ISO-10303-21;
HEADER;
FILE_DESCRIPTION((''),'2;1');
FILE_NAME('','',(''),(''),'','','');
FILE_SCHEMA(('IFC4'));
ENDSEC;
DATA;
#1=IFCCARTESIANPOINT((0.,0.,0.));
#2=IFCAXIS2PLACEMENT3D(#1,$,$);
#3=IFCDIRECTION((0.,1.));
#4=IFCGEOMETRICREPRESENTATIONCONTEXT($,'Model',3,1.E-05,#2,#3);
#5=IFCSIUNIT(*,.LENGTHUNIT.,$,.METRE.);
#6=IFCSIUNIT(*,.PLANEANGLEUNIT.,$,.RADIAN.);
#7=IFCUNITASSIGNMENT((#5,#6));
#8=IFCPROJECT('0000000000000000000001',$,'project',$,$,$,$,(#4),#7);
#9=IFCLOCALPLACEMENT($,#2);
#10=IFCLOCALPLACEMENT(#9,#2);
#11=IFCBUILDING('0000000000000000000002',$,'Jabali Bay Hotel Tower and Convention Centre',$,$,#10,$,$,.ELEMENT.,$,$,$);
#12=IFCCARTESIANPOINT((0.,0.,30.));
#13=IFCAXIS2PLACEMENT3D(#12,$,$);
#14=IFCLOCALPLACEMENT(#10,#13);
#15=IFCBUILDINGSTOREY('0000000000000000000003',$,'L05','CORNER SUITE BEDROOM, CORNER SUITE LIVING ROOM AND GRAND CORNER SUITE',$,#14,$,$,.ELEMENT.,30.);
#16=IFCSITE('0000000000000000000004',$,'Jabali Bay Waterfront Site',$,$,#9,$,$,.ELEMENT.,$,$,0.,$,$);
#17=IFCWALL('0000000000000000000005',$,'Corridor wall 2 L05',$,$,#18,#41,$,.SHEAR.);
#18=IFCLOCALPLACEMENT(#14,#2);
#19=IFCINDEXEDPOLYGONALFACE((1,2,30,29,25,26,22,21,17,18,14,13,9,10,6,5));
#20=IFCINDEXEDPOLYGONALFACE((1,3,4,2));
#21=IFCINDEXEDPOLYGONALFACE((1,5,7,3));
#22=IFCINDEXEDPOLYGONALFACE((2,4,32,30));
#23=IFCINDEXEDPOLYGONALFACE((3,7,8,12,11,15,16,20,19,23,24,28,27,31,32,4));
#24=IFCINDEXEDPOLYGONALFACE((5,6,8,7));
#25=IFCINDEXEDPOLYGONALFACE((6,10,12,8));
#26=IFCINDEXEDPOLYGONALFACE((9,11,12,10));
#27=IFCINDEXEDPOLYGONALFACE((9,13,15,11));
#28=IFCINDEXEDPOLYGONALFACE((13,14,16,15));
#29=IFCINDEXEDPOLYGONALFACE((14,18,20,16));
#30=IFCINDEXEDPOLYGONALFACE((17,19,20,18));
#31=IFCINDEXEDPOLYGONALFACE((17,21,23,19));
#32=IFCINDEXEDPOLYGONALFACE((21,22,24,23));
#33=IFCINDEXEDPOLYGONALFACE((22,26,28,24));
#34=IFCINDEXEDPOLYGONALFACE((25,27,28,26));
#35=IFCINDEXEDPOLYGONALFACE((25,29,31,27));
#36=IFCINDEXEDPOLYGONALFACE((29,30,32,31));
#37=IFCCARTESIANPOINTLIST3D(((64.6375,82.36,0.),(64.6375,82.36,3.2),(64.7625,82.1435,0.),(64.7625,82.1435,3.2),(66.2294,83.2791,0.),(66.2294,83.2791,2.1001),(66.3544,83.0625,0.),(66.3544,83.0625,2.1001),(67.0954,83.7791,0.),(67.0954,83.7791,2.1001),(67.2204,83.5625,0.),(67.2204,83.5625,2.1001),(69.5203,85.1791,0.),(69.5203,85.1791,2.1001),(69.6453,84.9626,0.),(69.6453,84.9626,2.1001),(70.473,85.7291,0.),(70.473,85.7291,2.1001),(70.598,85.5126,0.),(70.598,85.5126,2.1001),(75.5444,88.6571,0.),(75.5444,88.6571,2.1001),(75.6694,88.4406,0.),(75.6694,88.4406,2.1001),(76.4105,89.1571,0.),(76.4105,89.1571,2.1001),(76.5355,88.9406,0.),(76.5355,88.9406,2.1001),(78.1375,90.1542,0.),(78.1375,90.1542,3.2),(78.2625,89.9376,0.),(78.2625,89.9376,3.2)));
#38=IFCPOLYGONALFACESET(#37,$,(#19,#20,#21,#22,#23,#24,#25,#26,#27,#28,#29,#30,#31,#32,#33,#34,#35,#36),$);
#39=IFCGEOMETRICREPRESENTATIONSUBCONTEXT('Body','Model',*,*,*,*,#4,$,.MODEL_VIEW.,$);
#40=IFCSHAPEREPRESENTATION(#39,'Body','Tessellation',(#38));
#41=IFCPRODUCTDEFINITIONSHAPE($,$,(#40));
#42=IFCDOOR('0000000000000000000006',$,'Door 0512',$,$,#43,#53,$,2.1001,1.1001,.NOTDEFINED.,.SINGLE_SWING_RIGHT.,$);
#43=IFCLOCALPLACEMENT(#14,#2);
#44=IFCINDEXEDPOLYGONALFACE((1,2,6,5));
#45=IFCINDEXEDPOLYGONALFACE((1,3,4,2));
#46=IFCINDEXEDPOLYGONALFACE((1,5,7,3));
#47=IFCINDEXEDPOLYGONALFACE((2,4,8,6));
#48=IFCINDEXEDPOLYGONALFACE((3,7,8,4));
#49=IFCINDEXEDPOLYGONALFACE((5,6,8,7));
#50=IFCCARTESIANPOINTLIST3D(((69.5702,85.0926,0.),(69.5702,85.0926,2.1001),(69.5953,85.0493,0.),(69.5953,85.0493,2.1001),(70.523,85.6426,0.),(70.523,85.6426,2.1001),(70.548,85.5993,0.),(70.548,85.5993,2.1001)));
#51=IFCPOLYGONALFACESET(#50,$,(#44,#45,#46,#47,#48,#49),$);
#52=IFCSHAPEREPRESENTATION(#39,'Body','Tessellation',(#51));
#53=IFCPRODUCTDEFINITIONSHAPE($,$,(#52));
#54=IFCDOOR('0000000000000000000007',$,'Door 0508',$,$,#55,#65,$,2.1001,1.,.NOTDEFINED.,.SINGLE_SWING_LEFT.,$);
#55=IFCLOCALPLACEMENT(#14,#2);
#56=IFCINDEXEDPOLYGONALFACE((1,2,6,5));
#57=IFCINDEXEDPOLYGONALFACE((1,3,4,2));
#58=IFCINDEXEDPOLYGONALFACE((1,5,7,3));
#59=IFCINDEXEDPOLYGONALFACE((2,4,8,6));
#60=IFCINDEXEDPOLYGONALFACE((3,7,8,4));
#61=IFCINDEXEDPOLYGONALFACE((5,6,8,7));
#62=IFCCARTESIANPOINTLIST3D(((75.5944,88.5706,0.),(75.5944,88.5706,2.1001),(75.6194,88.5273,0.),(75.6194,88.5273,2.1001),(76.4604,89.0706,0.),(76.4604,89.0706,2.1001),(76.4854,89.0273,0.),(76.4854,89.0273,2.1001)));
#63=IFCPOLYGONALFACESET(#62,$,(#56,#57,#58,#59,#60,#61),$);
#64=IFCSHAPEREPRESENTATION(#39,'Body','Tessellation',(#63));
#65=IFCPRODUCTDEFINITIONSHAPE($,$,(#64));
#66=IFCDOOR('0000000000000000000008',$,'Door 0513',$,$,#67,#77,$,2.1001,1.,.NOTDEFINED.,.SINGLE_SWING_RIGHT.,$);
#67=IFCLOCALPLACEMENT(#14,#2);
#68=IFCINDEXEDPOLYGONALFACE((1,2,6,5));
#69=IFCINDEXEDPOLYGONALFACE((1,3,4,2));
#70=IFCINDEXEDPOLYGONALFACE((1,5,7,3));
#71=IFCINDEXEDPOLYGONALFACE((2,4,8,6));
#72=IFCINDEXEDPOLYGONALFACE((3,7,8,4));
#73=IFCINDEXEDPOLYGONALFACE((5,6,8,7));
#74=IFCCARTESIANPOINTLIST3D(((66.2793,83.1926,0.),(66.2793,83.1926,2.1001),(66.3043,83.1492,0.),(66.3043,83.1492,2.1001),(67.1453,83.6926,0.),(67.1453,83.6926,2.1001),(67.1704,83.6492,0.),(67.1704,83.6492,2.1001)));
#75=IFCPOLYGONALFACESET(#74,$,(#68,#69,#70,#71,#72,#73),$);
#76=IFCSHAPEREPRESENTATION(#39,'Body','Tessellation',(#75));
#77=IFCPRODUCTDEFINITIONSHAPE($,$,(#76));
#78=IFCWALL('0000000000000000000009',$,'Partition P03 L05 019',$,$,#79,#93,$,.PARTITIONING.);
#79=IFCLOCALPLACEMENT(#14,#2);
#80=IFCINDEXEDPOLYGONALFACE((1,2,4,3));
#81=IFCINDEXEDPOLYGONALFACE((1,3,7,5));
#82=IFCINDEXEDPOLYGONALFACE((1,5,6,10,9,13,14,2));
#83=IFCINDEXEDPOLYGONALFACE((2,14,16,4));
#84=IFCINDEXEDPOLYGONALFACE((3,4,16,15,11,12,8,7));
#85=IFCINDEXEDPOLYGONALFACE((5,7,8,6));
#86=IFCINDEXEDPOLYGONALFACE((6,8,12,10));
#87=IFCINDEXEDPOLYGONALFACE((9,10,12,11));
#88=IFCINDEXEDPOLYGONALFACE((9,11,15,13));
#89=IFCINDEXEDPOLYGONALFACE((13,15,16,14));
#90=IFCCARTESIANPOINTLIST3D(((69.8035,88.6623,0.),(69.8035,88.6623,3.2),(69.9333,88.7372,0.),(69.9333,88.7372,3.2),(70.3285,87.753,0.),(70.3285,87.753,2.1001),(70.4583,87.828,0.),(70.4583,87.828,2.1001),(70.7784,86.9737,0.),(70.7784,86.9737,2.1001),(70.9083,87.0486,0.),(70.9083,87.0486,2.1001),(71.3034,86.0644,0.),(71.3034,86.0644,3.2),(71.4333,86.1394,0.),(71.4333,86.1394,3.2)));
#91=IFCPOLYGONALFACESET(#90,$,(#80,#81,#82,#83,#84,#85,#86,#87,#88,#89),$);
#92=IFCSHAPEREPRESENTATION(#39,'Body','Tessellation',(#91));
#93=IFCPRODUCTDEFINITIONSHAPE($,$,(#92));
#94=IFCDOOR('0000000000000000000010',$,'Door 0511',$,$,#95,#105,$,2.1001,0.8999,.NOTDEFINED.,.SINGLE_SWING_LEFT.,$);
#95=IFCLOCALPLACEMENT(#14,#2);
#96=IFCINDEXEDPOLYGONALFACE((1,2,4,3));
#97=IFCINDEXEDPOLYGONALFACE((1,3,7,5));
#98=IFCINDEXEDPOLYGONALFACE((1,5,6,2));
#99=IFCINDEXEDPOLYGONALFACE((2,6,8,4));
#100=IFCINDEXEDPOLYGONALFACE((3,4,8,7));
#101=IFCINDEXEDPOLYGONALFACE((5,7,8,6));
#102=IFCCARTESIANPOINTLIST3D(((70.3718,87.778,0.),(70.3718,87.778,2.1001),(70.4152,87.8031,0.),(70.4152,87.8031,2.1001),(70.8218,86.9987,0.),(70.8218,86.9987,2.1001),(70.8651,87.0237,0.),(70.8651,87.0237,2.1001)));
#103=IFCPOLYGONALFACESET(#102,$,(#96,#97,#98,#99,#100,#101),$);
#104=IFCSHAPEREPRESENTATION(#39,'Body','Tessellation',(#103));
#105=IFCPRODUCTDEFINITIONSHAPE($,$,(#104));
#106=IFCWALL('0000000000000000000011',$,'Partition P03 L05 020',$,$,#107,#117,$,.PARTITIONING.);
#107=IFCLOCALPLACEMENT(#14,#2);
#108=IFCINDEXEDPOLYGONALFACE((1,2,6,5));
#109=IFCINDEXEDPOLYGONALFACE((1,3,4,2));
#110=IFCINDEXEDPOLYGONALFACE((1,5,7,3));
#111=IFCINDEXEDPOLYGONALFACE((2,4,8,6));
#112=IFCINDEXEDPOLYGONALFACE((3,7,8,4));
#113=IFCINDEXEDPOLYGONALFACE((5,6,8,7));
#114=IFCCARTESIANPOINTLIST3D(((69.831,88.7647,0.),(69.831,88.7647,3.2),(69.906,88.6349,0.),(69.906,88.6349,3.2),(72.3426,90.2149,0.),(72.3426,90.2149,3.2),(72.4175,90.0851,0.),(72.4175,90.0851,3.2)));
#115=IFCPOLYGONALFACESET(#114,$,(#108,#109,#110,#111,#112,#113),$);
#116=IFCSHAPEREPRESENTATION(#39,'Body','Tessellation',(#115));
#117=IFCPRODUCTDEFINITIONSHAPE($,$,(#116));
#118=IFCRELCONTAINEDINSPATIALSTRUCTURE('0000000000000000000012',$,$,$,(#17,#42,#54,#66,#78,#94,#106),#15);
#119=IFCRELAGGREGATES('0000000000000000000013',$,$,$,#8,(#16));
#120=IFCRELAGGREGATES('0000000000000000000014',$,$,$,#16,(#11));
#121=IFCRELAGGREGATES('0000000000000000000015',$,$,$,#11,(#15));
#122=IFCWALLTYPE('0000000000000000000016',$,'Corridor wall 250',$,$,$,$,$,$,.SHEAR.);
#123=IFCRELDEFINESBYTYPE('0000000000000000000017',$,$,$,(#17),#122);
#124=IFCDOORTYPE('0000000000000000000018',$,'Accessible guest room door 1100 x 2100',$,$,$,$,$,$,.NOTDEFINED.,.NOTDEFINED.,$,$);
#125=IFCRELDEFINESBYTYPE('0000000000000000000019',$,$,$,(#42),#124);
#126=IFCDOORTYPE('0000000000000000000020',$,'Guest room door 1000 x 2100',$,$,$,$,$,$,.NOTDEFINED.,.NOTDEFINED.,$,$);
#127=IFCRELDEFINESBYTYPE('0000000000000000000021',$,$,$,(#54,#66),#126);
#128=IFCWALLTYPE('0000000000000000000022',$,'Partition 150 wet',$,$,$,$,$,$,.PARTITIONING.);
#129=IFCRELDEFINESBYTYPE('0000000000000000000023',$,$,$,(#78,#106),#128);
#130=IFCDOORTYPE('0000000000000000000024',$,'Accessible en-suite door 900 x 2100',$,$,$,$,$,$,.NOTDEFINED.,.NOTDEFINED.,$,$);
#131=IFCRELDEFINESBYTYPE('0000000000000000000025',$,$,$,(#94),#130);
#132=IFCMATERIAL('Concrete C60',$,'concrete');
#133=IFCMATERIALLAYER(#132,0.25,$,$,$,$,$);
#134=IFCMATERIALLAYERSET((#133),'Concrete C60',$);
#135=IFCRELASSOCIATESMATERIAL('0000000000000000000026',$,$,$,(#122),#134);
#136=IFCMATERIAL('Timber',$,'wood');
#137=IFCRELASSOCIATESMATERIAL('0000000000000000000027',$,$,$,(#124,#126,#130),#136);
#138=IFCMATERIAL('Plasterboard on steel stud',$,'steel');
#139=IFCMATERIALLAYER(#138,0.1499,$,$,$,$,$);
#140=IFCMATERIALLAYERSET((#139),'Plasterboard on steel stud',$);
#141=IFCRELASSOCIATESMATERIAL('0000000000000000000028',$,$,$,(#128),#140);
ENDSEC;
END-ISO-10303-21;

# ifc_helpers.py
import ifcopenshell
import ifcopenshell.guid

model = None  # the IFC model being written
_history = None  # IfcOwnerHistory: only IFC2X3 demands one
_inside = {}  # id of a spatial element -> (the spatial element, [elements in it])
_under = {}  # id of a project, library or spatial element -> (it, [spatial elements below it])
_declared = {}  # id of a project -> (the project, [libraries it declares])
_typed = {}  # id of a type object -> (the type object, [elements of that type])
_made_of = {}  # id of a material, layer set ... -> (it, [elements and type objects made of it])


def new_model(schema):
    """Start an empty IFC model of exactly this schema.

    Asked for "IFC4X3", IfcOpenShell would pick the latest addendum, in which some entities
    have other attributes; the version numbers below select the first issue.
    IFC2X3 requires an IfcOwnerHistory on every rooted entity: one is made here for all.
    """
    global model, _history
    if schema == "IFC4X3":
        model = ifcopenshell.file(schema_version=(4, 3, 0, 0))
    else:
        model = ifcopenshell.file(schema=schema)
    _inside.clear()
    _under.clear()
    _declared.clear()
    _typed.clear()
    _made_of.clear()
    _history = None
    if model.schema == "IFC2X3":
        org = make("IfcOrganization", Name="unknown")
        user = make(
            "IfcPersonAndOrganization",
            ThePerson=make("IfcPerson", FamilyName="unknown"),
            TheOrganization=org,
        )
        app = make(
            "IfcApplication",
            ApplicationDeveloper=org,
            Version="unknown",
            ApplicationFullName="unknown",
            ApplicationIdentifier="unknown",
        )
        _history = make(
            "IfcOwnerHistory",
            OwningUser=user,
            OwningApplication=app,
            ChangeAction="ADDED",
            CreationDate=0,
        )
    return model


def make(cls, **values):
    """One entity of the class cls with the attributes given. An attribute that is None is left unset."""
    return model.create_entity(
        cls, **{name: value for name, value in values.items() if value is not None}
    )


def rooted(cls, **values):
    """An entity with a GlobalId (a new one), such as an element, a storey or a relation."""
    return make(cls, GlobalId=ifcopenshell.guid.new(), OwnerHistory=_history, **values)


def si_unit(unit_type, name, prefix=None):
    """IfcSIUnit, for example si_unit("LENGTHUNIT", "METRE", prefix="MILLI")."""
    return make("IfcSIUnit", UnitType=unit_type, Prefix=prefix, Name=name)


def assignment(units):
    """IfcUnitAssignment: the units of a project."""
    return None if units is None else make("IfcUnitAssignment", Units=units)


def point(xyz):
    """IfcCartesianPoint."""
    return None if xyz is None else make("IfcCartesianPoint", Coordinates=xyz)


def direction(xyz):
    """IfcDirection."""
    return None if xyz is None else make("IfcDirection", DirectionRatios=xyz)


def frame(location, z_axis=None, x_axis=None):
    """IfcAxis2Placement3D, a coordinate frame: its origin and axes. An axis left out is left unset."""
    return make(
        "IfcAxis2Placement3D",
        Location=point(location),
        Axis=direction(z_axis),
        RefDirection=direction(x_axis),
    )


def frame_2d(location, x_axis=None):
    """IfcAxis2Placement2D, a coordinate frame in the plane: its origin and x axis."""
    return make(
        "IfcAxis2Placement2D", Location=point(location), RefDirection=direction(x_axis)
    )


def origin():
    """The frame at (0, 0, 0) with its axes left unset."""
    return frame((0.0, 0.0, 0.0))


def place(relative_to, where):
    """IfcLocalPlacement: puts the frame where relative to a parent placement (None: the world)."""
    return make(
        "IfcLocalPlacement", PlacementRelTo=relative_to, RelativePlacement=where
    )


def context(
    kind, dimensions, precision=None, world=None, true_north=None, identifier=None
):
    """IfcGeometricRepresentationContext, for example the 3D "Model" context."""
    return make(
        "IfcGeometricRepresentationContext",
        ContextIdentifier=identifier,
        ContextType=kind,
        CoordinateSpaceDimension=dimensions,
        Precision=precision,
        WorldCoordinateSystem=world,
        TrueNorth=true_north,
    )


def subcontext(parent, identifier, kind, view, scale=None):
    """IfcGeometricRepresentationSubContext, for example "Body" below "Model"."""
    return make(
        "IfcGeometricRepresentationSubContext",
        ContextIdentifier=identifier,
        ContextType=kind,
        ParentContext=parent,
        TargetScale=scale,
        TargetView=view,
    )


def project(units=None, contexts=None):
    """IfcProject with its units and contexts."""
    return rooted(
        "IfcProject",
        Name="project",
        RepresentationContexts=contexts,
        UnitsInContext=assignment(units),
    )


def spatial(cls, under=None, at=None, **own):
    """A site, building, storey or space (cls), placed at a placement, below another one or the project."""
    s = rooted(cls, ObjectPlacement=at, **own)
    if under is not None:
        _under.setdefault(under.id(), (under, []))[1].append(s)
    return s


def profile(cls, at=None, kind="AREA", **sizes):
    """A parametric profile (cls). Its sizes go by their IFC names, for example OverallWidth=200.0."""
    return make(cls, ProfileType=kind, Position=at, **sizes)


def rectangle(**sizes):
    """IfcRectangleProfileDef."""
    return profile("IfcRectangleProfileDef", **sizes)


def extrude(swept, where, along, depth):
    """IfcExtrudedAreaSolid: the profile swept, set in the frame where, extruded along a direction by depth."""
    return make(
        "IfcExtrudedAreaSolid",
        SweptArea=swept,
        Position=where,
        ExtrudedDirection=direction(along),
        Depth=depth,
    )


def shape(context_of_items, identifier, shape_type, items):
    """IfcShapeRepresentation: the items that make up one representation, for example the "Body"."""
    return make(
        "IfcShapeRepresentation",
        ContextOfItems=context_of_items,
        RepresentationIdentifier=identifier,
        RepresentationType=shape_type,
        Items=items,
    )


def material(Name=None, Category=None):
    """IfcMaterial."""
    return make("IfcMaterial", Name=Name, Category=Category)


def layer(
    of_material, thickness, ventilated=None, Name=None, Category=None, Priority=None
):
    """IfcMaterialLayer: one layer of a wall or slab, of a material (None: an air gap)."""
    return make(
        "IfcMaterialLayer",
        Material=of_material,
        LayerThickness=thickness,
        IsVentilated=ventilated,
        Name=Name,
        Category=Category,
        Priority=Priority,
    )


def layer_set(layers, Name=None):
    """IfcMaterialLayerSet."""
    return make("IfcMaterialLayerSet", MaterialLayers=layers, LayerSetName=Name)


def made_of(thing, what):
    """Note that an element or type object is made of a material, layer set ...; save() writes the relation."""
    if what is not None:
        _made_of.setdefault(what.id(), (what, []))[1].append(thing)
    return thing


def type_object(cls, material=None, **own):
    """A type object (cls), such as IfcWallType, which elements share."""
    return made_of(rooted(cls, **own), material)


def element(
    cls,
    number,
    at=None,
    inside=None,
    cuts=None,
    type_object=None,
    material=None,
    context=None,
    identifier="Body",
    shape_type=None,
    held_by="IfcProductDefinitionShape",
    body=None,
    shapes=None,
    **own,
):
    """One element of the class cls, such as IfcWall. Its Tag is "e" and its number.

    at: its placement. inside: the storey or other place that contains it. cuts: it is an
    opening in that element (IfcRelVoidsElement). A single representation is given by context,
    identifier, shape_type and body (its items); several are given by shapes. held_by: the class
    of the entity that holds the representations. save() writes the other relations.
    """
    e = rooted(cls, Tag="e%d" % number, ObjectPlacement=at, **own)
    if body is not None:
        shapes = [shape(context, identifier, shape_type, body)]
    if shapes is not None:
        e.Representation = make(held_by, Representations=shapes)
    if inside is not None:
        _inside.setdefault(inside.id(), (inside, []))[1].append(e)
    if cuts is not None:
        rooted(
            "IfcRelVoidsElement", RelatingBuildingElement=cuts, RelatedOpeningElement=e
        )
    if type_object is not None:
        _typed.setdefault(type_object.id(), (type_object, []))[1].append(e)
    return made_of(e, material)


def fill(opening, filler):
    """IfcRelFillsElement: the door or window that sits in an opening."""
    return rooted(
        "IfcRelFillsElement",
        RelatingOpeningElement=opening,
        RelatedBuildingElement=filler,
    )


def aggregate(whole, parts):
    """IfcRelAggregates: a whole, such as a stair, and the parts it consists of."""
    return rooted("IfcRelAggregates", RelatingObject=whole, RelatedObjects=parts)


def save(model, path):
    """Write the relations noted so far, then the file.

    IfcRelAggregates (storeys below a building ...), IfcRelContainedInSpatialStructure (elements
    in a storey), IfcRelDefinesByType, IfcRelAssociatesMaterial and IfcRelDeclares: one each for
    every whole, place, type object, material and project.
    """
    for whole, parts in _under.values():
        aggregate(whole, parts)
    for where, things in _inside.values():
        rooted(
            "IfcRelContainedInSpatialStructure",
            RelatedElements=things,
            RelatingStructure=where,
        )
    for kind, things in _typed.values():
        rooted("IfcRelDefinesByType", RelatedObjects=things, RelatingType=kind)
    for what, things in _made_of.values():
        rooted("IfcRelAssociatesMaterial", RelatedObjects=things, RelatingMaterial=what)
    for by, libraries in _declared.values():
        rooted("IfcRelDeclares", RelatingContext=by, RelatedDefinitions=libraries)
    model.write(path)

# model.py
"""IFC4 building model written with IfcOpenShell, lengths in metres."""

from ifc_helpers import new_model, si_unit, direction, frame, frame_2d, origin, place, context, subcontext, project, spatial, rectangle, extrude, material, layer, layer_set, type_object, element, fill, save


model = new_model("IFC4")

# Units and contexts
model_context = context("Model", 3, precision=1e-05, world=origin(), true_north=direction((0.0, 1.0)))
body_context = subcontext(model_context, "Body", "Model", "MODEL_VIEW")
ifc_project = project(units=[si_unit("LENGTHUNIT", "METRE"), si_unit("PLANEANGLEUNIT", "RADIAN")], contexts=[model_context])

# Site, building, storey
site_placement = place(None, origin())
site = spatial("IfcSite", under=ifc_project, at=site_placement, Name="Jabali Bay Waterfront Site", CompositionType="ELEMENT", RefElevation=0.0)
building_placement = place(site_placement, origin())
building = spatial("IfcBuilding", under=site, at=building_placement, Name="Jabali Bay Hotel Tower and Convention Centre", CompositionType="ELEMENT")
storey_placement = place(building_placement, frame((0.0, 0.0, 30.0)))
storey = spatial("IfcBuildingStorey", under=building, at=storey_placement, Name="L05", Description="CORNER SUITE BEDROOM, CORNER SUITE LIVING ROOM AND GRAND CORNER SUITE", CompositionType="ELEMENT", Elevation=30.0)

# Shared definitions
ifc_material_1 = material(Name="Concrete C60", Category="concrete")

# Wall, openings, doors
ifc_layer_1 = layer(ifc_material_1, 0.25)
ifc_layer_set_1 = layer_set([ifc_layer_1], Name="Concrete C60")
wall_type_1 = type_object("IfcWallType", Name="Corridor wall 250", PredefinedType="SHEAR", material=ifc_layer_set_1)
wall_1_placement = place(storey_placement, frame((78.2, 90.0459, 0.0), z_axis=(0.0, 0.0, 1.0), x_axis=(-0.866026, -0.499998, 0.0)))
wall_1 = element("IfcWall", 1, at=wall_1_placement, inside=storey, type_object=wall_type_1, Name="Corridor wall 2 L05", PredefinedType="SHEAR", context=body_context, shape_type="SweptSolid", body=[
    extrude(rectangle(XDim=15.5884, YDim=0.25, at=frame_2d((7.7942, 0.0))), origin(), (0.0, 0.0, 1.0), 3.2),
])
opening_1_placement = place(wall_1_placement, frame((1.9941, 0.0, 0.0)))
opening_1 = element("IfcOpeningElement", 2, at=opening_1_placement, cuts=wall_1, PredefinedType="OPENING", context=body_context, shape_type="SweptSolid", body=[
    extrude(rectangle(XDim=1.0, YDim=2.1001, at=frame_2d((0.5, 1.05))), frame((0.0, 0.1355, 0.0), z_axis=(0.0, -1.0, 0.0), x_axis=(1.0, 0.0, 0.0)), (0.0, 0.0, 1.0), 0.271),
])
opening_2_placement = place(wall_1_placement, frame((8.8501, 0.0, 0.0)))
opening_2 = element("IfcOpeningElement", 3, at=opening_2_placement, cuts=wall_1, PredefinedType="OPENING", context=body_context, shape_type="SweptSolid", body=[
    extrude(rectangle(XDim=1.1001, YDim=2.1001, at=frame_2d((0.55, 1.05))), frame((0.0, 0.1355, 0.0), z_axis=(0.0, -1.0, 0.0), x_axis=(1.0, 0.0, 0.0)), (0.0, 0.0, 1.0), 0.271),
])
opening_3_placement = place(wall_1_placement, frame((12.7502, 0.0, 0.0)))
opening_3 = element("IfcOpeningElement", 4, at=opening_3_placement, cuts=wall_1, PredefinedType="OPENING", context=body_context, shape_type="SweptSolid", body=[
    extrude(rectangle(XDim=1.0, YDim=2.1001, at=frame_2d((0.5, 1.05))), frame((0.0, 0.1355, 0.0), z_axis=(0.0, -1.0, 0.0), x_axis=(1.0, 0.0, 0.0)), (0.0, 0.0, 1.0), 0.271),
])
ifc_material_2 = material(Name="Timber", Category="wood")
door_type_1 = type_object("IfcDoorType", Name="Accessible guest room door 1100 x 2100", OperationType="NOTDEFINED", PredefinedType="NOTDEFINED", material=ifc_material_2)
door_1_placement = place(opening_2_placement, origin())
door_1 = element("IfcDoor", 5, at=door_1_placement, inside=storey, type_object=door_type_1, Name="Door 0512", OperationType="SINGLE_SWING_RIGHT", OverallHeight=2.1001, OverallWidth=1.1001, PredefinedType="NOTDEFINED", context=body_context, shape_type="SweptSolid", body=[
    extrude(rectangle(XDim=1.1001, YDim=2.1001, at=frame_2d((0.55, 1.05))), frame((0.0, 0.0249, 0.0), z_axis=(0.0, -1.0, 0.0), x_axis=(1.0, 0.0, 0.0)), (0.0, 0.0, 1.0), 0.05),
])
fill(opening_2, door_1)
door_type_2 = type_object("IfcDoorType", Name="Guest room door 1000 x 2100", OperationType="NOTDEFINED", PredefinedType="NOTDEFINED", material=ifc_material_2)
door_2_placement = place(opening_1_placement, origin())
door_2 = element("IfcDoor", 6, at=door_2_placement, inside=storey, type_object=door_type_2, Name="Door 0508", OperationType="SINGLE_SWING_LEFT", OverallHeight=2.1001, OverallWidth=1.0, PredefinedType="NOTDEFINED", context=body_context, shape_type="SweptSolid", body=[
    extrude(rectangle(XDim=1.0, YDim=2.1001, at=frame_2d((0.5, 1.05))), frame((0.0, 0.0249, 0.0), z_axis=(0.0, -1.0, 0.0), x_axis=(1.0, 0.0, 0.0)), (0.0, 0.0, 1.0), 0.05),
])
fill(opening_1, door_2)
door_3_placement = place(opening_3_placement, origin())
door_3 = element("IfcDoor", 7, at=door_3_placement, inside=storey, type_object=door_type_2, Name="Door 0513", OperationType="SINGLE_SWING_RIGHT", OverallHeight=2.1001, OverallWidth=1.0, PredefinedType="NOTDEFINED", context=body_context, shape_type="SweptSolid", body=[
    extrude(rectangle(XDim=1.0, YDim=2.1001, at=frame_2d((0.5, 1.05))), frame((0.0, 0.0249, 0.0), z_axis=(0.0, -1.0, 0.0), x_axis=(1.0, 0.0, 0.0)), (0.0, 0.0, 1.0), 0.05),
])
fill(opening_3, door_3)

# Wall, opening, door
ifc_material_3 = material(Name="Plasterboard on steel stud", Category="steel")
ifc_layer_2 = layer(ifc_material_3, 0.1499)
ifc_layer_set_2 = layer_set([ifc_layer_2], Name="Plasterboard on steel stud")
wall_type_2 = type_object("IfcWallType", Name="Partition 150 wet", PredefinedType="PARTITIONING", material=ifc_layer_set_2)
wall_2_placement = place(storey_placement, frame((71.3684, 86.1018, 0.0), z_axis=(0.0, 0.0, 1.0), x_axis=(-0.500025, 0.866011, 0.0)))
wall_2 = element("IfcWall", 8, at=wall_2_placement, inside=storey, type_object=wall_type_2, Name="Partition P03 L05 019", PredefinedType="PARTITIONING", context=body_context, shape_type="SweptSolid", body=[
    extrude(rectangle(XDim=2.9998, YDim=0.1499, at=frame_2d((1.5, 0.0))), origin(), (0.0, 0.0, 1.0), 3.2),
])
opening_4_placement = place(wall_2_placement, frame((1.05, 0.0, 0.0)))
opening_4 = element("IfcOpeningElement", 9, at=opening_4_placement, cuts=wall_2, PredefinedType="OPENING", context=body_context, shape_type="SweptSolid", body=[
    extrude(rectangle(XDim=0.8999, YDim=2.1001, at=frame_2d((0.45, 1.05))), frame((0.0, 0.0854, 0.0), z_axis=(0.0, -1.0, 0.0), x_axis=(1.0, 0.0, 0.0)), (0.0, 0.0, 1.0), 0.1709),
])
door_type_3 = type_object("IfcDoorType", Name="Accessible en-suite door 900 x 2100", OperationType="NOTDEFINED", PredefinedType="NOTDEFINED", material=ifc_material_2)
door_4_placement = place(opening_4_placement, origin())
door_4 = element("IfcDoor", 10, at=door_4_placement, inside=storey, type_object=door_type_3, Name="Door 0511", OperationType="SINGLE_SWING_LEFT", OverallHeight=2.1001, OverallWidth=0.8999, PredefinedType="NOTDEFINED", context=body_context, shape_type="SweptSolid", body=[
    extrude(rectangle(XDim=0.8999, YDim=2.1001, at=frame_2d((0.45, 1.05))), frame((0.0, 0.0249, 0.0), z_axis=(0.0, -1.0, 0.0), x_axis=(1.0, 0.0, 0.0)), (0.0, 0.0, 1.0), 0.05),
])
fill(opening_4, door_4)

# Wall
wall_3_placement = place(storey_placement, frame((69.8684, 88.6997, 0.0), z_axis=(0.0, 0.0, 1.0), x_axis=(0.865996, 0.50005, 0.0)))
element("IfcWall", 11, at=wall_3_placement, inside=storey, type_object=wall_type_2, Name="Partition P03 L05 020", PredefinedType="PARTITIONING", context=body_context, shape_type="SweptSolid", body=[
    extrude(rectangle(XDim=2.9001, YDim=0.1499, at=frame_2d((1.4502, 0.0))), origin(), (0.0, 0.0, 1.0), 3.2),
])

save(model, "model.ifc")
